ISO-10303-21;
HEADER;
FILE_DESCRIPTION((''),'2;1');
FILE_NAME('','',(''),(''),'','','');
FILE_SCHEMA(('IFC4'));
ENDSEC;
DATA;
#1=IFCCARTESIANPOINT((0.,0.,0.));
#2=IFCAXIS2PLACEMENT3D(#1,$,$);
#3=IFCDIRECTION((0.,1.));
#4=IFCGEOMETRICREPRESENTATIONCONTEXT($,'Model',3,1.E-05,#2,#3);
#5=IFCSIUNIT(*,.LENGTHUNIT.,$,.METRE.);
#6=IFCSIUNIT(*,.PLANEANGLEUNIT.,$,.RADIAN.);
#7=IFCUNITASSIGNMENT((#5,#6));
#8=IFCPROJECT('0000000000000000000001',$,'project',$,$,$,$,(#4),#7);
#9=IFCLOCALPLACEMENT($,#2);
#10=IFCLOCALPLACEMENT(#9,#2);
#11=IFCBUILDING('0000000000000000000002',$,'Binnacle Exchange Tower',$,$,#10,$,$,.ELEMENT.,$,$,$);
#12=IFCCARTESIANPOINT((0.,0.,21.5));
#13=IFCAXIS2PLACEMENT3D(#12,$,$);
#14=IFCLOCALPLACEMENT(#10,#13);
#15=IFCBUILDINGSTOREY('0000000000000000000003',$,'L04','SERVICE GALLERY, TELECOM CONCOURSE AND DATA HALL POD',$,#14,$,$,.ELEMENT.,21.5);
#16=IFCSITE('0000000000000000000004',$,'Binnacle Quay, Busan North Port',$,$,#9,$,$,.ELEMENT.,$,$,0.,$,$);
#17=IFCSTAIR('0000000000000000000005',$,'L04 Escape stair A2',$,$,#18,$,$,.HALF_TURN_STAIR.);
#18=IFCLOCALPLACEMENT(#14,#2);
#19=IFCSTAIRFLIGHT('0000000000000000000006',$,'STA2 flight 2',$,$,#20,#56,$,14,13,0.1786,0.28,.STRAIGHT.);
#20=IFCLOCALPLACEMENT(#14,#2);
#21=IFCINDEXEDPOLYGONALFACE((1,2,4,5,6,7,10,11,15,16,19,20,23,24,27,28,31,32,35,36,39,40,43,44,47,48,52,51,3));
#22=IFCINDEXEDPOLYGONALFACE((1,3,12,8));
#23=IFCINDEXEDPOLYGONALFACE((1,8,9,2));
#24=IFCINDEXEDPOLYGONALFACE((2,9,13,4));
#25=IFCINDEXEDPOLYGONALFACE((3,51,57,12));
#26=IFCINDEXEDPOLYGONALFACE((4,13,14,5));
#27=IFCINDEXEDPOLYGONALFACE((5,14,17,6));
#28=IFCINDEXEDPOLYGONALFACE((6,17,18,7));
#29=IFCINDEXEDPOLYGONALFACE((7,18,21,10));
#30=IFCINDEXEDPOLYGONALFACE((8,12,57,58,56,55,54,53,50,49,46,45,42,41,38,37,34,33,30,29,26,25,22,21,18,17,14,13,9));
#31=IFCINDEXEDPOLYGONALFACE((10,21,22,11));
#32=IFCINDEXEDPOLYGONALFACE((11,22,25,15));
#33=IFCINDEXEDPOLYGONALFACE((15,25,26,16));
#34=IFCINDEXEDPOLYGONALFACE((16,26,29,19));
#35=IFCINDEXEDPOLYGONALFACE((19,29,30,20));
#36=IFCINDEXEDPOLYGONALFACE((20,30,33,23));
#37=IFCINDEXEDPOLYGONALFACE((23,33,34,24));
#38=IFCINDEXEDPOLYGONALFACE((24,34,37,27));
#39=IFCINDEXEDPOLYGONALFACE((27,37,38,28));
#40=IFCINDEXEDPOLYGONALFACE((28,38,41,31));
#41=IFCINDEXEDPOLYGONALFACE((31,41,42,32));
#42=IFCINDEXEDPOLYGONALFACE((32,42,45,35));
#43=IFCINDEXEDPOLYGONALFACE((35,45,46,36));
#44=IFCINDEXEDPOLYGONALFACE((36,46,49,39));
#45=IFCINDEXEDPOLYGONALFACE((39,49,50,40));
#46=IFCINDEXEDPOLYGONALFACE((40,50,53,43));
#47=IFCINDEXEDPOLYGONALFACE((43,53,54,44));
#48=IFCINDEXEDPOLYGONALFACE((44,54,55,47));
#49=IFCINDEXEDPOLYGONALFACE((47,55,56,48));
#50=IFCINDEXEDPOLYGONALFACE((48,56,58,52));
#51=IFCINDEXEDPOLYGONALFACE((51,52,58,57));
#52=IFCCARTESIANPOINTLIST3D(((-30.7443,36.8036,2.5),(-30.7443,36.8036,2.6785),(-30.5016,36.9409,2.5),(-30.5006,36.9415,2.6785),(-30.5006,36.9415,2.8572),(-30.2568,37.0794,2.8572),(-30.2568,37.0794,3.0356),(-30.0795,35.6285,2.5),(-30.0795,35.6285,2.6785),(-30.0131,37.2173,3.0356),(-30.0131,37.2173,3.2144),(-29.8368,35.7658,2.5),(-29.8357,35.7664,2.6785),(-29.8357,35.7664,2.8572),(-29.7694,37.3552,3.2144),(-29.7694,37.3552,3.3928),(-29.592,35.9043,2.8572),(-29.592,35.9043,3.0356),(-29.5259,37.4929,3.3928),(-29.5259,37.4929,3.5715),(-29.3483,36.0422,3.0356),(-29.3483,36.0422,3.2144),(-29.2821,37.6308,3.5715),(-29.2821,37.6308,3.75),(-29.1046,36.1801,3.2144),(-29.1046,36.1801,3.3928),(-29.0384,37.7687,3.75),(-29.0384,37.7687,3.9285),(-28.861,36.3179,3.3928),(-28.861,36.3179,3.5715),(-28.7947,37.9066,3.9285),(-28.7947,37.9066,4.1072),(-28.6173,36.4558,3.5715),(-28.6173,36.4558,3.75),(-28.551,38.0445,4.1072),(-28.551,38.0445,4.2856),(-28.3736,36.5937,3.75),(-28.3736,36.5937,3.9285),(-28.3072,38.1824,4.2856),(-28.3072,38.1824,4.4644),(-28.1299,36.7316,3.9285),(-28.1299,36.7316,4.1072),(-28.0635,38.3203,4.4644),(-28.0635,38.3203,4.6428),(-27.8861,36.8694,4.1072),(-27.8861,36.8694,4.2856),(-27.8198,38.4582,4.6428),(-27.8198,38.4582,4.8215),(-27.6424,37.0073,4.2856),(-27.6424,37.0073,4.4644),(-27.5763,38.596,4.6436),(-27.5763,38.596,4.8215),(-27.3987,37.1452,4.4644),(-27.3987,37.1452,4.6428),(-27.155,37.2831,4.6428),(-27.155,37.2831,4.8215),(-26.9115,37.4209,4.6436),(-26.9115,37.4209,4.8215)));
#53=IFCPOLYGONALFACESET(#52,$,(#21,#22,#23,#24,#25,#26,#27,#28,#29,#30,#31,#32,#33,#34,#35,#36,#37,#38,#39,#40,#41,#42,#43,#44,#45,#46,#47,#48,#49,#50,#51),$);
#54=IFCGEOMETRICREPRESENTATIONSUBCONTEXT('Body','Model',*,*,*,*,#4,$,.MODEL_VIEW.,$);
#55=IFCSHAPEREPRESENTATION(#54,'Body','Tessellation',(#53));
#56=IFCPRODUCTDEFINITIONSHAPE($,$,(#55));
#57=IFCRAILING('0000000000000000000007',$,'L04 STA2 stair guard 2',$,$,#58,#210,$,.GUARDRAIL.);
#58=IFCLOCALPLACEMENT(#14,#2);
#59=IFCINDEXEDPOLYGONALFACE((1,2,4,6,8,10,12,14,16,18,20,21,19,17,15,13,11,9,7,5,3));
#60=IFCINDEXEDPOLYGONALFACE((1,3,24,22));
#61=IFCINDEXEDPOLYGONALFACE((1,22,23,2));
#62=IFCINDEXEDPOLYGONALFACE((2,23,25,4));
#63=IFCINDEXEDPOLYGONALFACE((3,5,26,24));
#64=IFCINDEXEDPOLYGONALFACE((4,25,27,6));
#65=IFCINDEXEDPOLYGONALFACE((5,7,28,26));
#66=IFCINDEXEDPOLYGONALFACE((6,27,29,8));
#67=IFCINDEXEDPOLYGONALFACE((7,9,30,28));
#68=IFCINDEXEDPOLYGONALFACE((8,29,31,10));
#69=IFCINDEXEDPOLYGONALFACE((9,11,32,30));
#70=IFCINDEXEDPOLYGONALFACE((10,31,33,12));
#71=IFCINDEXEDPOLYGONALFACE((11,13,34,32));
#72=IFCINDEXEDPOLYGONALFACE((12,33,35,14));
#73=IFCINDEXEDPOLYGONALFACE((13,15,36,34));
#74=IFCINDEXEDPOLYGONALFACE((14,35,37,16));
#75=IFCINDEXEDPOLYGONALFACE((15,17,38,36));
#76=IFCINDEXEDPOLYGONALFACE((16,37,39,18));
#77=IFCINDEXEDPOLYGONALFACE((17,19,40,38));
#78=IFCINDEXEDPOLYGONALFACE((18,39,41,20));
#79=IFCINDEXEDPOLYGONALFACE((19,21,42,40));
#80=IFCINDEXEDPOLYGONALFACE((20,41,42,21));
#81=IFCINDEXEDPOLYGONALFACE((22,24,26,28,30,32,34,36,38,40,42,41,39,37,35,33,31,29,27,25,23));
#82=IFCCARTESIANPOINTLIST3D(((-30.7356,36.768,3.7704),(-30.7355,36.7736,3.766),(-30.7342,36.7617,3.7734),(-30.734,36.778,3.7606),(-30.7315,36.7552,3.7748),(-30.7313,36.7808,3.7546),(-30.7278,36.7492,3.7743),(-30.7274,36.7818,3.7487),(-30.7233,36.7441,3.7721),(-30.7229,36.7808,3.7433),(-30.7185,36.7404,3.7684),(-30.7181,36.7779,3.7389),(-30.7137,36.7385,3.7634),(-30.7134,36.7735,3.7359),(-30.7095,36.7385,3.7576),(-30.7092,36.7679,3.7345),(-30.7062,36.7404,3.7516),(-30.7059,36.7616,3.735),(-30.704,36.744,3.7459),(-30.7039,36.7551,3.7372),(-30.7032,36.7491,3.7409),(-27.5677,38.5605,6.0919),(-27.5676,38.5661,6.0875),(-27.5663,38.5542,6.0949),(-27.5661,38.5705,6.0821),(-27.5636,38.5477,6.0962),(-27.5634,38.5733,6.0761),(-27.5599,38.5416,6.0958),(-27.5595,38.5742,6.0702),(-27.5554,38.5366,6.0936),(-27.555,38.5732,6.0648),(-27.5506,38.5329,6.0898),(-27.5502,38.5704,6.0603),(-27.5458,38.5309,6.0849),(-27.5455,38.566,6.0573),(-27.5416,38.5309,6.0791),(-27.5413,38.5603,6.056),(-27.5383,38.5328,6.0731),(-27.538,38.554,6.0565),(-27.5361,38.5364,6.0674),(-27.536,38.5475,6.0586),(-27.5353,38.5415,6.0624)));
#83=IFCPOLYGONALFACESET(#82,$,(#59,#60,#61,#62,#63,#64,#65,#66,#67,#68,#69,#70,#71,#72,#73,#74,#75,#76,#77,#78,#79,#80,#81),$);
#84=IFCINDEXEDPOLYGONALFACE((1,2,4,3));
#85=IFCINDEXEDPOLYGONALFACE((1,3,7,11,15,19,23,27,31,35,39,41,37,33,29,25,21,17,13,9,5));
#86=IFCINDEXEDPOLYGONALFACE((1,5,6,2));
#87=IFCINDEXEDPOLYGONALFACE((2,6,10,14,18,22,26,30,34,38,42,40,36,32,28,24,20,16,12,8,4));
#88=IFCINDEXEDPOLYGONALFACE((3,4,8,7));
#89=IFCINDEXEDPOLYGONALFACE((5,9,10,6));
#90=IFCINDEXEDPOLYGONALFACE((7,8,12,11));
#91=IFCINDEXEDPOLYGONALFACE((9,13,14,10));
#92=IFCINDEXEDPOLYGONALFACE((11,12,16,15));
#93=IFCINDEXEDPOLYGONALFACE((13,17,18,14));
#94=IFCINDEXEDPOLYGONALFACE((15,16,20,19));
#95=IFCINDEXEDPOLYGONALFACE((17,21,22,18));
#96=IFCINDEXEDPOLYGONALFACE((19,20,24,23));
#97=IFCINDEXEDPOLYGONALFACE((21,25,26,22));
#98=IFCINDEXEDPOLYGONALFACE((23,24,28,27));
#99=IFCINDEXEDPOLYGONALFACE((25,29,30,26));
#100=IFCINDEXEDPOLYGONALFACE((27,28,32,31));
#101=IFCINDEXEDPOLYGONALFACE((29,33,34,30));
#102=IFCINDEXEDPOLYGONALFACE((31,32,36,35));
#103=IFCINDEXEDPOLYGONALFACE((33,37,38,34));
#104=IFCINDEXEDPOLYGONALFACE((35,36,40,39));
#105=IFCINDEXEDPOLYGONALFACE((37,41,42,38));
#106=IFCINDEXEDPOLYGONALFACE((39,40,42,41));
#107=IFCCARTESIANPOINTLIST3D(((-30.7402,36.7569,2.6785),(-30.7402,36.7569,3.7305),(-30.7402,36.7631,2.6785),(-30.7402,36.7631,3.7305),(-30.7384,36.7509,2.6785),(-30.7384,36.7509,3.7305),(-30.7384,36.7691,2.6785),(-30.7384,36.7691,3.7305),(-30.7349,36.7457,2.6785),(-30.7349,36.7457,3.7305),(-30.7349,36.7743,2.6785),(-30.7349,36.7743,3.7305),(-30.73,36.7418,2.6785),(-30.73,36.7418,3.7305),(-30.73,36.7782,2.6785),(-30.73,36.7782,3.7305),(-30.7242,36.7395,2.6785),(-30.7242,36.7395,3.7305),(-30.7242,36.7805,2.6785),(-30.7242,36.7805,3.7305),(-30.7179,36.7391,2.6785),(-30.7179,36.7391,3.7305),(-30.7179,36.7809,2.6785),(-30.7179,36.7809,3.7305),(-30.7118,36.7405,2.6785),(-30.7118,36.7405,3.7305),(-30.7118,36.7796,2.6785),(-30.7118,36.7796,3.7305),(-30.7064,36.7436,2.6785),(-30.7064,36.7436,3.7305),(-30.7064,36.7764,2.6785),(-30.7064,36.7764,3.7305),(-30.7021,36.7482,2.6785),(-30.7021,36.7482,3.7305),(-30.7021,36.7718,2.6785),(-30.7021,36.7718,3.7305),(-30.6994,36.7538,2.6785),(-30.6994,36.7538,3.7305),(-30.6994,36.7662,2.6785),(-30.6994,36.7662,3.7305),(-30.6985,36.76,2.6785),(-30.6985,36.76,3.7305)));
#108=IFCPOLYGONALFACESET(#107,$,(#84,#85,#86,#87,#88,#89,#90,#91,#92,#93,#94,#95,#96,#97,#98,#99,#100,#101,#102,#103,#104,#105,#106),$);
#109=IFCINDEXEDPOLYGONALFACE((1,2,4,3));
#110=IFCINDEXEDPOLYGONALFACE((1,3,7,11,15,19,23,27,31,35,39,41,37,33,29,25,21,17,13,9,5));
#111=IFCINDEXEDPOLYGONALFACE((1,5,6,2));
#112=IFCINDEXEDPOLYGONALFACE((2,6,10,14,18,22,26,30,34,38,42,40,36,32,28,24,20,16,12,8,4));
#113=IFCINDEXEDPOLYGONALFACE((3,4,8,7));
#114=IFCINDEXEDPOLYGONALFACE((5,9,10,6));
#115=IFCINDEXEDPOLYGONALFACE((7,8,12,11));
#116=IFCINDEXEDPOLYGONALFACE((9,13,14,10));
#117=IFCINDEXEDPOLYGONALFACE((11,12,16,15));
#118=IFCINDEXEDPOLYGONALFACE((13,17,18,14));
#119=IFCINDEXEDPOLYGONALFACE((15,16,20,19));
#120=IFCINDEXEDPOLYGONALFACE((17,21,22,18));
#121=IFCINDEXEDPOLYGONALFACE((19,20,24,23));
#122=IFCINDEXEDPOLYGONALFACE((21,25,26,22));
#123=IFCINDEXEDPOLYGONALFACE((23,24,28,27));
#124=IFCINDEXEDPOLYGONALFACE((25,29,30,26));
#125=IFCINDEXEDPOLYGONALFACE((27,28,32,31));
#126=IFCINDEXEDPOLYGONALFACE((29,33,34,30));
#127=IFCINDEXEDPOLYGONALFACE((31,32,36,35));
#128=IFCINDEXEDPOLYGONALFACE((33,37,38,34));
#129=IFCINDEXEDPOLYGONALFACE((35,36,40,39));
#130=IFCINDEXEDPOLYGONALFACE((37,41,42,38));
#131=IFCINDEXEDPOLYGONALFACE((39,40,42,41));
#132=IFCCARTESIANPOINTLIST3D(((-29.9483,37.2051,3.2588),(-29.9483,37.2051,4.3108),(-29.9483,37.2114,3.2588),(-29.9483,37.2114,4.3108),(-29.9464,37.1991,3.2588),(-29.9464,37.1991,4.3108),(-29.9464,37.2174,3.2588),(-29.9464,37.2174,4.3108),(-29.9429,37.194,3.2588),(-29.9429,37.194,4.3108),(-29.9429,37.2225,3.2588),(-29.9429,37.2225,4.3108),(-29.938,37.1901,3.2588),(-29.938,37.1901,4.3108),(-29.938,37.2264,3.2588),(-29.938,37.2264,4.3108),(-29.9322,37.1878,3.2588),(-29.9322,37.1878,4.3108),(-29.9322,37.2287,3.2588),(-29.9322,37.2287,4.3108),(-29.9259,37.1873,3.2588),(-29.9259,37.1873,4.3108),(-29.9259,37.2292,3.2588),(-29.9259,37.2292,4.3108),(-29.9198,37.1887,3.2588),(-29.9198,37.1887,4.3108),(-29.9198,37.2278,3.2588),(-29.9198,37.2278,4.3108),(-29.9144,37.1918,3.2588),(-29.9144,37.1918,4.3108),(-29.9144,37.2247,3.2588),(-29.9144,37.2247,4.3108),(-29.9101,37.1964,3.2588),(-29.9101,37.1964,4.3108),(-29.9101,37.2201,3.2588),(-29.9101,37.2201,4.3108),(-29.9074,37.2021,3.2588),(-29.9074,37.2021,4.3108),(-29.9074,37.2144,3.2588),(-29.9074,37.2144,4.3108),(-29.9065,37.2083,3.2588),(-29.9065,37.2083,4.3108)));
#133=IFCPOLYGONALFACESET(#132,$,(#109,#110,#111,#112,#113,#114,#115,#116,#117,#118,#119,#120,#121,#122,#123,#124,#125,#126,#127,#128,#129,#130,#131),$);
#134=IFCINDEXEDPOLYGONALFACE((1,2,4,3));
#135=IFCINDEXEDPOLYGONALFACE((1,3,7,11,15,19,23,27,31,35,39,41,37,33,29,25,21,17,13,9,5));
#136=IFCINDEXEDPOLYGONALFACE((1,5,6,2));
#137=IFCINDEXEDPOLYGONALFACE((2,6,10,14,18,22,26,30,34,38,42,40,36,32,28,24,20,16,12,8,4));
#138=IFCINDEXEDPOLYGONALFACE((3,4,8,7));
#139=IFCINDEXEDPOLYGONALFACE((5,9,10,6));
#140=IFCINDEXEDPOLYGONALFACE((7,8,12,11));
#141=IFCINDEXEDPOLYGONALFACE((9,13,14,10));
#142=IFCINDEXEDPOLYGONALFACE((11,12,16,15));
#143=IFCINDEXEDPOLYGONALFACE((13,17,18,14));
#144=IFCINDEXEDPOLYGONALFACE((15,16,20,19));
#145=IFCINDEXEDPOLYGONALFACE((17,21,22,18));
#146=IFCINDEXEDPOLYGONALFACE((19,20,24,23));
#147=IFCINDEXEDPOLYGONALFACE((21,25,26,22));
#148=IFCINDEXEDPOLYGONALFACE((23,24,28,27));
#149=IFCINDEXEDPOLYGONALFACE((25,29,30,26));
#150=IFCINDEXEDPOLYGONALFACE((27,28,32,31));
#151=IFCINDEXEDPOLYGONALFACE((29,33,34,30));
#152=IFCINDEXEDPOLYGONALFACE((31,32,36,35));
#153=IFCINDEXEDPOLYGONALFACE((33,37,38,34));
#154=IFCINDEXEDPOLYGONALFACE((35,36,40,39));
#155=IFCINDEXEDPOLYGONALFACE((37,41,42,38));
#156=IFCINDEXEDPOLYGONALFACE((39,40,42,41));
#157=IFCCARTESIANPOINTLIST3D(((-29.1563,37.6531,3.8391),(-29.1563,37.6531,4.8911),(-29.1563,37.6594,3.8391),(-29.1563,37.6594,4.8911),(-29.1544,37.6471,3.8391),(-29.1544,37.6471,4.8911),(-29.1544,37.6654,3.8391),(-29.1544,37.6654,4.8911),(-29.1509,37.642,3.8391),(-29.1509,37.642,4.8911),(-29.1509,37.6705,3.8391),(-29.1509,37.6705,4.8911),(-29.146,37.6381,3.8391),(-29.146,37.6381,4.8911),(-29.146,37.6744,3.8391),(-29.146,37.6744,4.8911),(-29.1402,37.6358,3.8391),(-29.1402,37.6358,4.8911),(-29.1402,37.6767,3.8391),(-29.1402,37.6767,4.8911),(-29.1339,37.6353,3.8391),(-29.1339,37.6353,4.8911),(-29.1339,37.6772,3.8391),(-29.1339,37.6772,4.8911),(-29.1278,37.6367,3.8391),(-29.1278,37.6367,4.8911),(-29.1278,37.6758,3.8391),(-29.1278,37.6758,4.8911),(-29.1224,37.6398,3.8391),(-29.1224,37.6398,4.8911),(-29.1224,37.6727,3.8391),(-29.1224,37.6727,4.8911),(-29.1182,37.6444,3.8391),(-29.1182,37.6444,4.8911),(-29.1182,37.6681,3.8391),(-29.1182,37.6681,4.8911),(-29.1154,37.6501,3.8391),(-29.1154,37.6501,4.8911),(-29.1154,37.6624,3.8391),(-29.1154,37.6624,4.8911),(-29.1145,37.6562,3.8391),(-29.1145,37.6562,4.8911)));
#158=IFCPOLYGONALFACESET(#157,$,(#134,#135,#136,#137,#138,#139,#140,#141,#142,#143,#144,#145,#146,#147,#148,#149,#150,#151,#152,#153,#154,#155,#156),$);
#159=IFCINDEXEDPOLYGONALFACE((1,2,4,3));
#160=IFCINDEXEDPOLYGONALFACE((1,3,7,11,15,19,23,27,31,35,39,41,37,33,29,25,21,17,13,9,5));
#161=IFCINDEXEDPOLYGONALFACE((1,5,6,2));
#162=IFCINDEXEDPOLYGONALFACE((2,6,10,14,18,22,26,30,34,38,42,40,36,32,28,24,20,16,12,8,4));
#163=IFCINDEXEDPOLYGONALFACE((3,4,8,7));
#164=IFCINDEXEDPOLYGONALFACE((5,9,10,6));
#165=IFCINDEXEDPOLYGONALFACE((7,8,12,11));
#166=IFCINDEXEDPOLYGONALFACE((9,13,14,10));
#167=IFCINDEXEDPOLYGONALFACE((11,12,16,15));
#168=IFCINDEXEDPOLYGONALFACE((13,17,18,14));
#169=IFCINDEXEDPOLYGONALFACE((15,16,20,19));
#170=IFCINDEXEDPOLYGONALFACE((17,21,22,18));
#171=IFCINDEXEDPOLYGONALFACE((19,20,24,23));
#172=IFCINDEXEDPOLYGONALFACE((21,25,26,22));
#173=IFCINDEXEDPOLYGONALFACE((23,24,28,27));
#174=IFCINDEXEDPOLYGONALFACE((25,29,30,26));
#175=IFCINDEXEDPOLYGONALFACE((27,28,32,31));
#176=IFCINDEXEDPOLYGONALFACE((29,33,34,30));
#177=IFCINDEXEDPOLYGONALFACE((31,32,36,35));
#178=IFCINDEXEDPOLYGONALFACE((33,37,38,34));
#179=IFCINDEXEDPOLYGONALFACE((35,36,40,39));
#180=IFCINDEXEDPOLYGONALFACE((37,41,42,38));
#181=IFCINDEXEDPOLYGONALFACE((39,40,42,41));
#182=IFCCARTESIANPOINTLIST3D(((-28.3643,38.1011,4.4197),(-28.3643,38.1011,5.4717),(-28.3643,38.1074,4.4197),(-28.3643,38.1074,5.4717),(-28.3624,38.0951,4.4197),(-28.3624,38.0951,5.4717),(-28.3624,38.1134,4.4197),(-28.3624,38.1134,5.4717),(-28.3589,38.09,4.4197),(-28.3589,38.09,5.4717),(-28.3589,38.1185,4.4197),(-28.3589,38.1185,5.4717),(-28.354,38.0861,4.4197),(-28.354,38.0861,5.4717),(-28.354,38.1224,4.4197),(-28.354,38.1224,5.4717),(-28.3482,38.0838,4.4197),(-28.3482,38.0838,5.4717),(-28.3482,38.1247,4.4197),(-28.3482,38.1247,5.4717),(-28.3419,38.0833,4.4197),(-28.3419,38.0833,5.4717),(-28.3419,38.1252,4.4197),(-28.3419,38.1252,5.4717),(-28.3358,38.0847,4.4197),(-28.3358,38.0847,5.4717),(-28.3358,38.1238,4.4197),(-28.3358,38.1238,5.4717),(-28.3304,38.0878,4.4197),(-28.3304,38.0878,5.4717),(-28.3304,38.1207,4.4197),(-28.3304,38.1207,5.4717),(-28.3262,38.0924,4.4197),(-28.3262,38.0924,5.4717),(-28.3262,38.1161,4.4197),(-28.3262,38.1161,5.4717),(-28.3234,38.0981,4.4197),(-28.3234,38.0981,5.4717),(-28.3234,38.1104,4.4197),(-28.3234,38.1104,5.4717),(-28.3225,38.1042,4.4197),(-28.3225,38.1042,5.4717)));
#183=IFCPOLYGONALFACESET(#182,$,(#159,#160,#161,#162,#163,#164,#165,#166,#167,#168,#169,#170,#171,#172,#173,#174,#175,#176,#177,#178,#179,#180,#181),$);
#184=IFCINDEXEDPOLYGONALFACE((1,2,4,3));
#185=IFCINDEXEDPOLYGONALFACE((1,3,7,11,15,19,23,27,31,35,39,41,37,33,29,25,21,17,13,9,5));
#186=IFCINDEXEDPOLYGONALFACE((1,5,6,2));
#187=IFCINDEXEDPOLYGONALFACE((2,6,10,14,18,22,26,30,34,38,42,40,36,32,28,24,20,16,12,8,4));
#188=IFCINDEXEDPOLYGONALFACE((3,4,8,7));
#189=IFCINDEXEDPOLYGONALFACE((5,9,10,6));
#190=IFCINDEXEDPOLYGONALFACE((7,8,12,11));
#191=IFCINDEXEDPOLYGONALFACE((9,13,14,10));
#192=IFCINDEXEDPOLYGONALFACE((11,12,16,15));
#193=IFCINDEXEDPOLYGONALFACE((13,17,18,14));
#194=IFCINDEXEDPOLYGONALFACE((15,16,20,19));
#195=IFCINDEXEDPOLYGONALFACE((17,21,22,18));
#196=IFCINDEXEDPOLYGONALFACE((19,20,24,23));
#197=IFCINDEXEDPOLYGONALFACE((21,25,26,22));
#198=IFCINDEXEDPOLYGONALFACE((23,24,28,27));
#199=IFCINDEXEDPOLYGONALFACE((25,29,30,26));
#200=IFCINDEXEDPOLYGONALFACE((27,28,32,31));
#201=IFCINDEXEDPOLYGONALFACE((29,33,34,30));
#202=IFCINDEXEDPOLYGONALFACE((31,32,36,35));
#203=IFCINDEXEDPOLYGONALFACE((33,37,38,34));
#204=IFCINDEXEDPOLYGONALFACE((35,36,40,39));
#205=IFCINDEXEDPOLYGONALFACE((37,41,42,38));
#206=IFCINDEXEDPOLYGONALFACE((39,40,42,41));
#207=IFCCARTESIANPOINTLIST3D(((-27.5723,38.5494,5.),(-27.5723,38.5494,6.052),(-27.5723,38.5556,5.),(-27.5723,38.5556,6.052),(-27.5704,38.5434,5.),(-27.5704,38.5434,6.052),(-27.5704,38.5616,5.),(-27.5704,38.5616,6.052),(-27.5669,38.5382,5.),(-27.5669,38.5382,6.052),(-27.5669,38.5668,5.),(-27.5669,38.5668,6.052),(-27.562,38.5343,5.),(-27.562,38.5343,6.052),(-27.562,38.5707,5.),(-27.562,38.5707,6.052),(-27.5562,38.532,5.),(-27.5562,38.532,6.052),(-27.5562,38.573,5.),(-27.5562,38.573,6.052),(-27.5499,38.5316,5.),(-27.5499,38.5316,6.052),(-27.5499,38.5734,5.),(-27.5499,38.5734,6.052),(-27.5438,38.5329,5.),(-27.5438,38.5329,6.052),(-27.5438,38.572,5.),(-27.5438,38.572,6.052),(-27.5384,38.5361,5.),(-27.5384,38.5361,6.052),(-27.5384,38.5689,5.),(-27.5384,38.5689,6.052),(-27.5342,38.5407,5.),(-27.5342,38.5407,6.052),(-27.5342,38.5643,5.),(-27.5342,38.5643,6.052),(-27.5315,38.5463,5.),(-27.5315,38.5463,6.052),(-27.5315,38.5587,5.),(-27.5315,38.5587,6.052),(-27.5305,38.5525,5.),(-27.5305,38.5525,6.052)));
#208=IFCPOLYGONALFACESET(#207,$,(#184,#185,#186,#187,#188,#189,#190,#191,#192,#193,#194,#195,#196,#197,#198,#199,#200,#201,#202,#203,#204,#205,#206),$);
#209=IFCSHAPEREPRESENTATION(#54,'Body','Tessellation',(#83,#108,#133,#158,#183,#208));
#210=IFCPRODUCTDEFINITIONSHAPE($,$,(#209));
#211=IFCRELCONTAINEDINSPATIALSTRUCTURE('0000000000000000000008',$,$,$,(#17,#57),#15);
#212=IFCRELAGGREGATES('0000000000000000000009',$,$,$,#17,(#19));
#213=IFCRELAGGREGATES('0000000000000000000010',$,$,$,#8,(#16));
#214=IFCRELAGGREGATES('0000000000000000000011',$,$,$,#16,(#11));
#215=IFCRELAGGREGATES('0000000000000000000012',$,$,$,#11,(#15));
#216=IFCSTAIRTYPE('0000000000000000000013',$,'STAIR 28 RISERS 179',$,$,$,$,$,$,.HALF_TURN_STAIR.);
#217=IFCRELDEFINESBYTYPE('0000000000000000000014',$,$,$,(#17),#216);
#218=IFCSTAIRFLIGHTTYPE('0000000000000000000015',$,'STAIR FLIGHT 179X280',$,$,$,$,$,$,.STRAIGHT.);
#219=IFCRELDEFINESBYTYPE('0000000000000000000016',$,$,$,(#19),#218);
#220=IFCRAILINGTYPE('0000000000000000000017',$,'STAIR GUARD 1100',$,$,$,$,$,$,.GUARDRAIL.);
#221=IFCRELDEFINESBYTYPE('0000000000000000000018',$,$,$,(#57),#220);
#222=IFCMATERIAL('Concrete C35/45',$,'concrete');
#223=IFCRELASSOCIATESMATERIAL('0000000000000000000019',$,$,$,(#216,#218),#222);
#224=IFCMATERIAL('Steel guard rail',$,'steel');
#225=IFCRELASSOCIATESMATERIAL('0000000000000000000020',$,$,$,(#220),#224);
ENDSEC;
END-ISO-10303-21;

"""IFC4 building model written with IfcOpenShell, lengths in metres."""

from ifc_helpers import new_model, si_unit, direction, frame, origin, origin_2d, place, context, subcontext, project, spatial, polyline, circle, outline, extrude, material, type_object, element, aggregate, save


model = new_model("IFC4")

# Units and contexts
model_context = context("Model", 3, precision=1e-05, world=origin(), true_north=direction((0.0, 1.0)))
body_context = subcontext(model_context, "Body", "Model", "MODEL_VIEW")
ifc_project = project(units=[si_unit("LENGTHUNIT", "METRE"), si_unit("PLANEANGLEUNIT", "RADIAN")], contexts=[model_context])

# Site, building, storey
site_placement = place(None, origin())
site = spatial("IfcSite", under=ifc_project, at=site_placement, Name="Binnacle Quay, Busan North Port", CompositionType="ELEMENT", RefElevation=0.0)
building_placement = place(site_placement, origin())
building = spatial("IfcBuilding", under=site, at=building_placement, Name="Binnacle Exchange Tower", CompositionType="ELEMENT")
storey_placement = place(building_placement, frame((0.0, 0.0, 21.5)))
storey = spatial("IfcBuildingStorey", under=building, at=storey_placement, Name="L04", Description="SERVICE GALLERY, TELECOM CONCOURSE AND DATA HALL POD", CompositionType="ELEMENT", Elevation=21.5)

# Stair, stair flight
ifc_material_1 = material(Name="Concrete C35/45", Category="concrete")
stair_type = type_object("IfcStairType", Name="STAIR 28 RISERS 179", PredefinedType="HALF_TURN_STAIR", material=ifc_material_1)
stair_placement = place(storey_placement, origin())
stair = element("IfcStair", 1, at=stair_placement, inside=storey, type_object=stair_type, Name="L04 Escape stair A2", PredefinedType="HALF_TURN_STAIR")
stair_flight_type = type_object("IfcStairFlightType", Name="STAIR FLIGHT 179X280", PredefinedType="STRAIGHT", material=ifc_material_1)
stair_flight_placement = place(storey_placement, frame((-30.4119, 36.2161, 2.5), z_axis=(0.0, 0.0, 1.0), x_axis=(0.870356, 0.492424, 0.0)))
stair_flight = element("IfcStairFlight", 2, at=stair_flight_placement, type_object=stair_flight_type, Name="STA2 flight 2", NumberOfRisers=14, NumberOfTreads=13, PredefinedType="STRAIGHT", RiserHeight=0.1786, TreadLength=0.28, context=body_context, shape_type="SweptSolid", body=[
    extrude(outline(polyline([(0.0, 0.0), (0.0, 0.1785), (0.28, 0.1785), (0.28, 0.3572), (0.5601, 0.3572), (0.5601, 0.5356), (0.8401, 0.5356), (0.8401, 0.7144), (1.1201, 0.7144), (1.1201, 0.8928), (1.3999, 0.8928), (1.3999, 1.0715), (1.6799, 1.0715), (1.6799, 1.25), (1.96, 1.25), (1.96, 1.4285), (2.24, 1.4285), (2.24, 1.6072), (2.52, 1.6072), (2.52, 1.7856), (2.8, 1.7856), (2.8, 1.9644), (3.0801, 1.9644), (3.0801, 2.1428), (3.3601, 2.1428), (3.3601, 2.3215), (3.6399, 2.3215), (3.6399, 2.5), (3.6399, 2.1436), (0.2788, 0.0), (0.0, 0.0)])), frame((0.0, 0.675, 0.0), z_axis=(0.0, -1.0, 0.0), x_axis=(1.0, 0.0, 0.0)), (0.0, 0.0, 1.0), 1.3501),
])
aggregate(stair, [stair_flight])

# Railing
ifc_material_2 = material(Name="Steel guard rail", Category="steel")
railing_type = type_object("IfcRailingType", Name="STAIR GUARD 1100", PredefinedType="GUARDRAIL", material=ifc_material_2)
railing_placement = place(storey_placement, frame((-30.7195, 36.76, 2.6785)))
element("IfcRailing", 3, at=railing_placement, inside=storey, type_object=railing_type, Name="L04 STA2 stair guard 2", PredefinedType="GUARDRAIL", context=body_context, shape_type="SweptSolid", body=[
    extrude(circle(Radius=0.0239, at=origin_2d()), frame((0.0, 0.0, 1.0762), z_axis=(0.733796, 0.415192, 0.537736), x_axis=(-0.492451, 0.87034, 0.0)), (0.0, 0.0, 1.0), 4.3171),
    extrude(circle(Radius=0.021, at=origin_2d()), origin(), (0.0, 0.0, 1.0), 1.052),
    extrude(circle(Radius=0.021, at=origin_2d()), frame((0.792, 0.4482, 0.5803)), (0.0, 0.0, 1.0), 1.052),
    extrude(circle(Radius=0.021, at=origin_2d()), frame((1.584, 0.8962, 1.1606)), (0.0, 0.0, 1.0), 1.052),
    extrude(circle(Radius=0.021, at=origin_2d()), frame((2.376, 1.3442, 1.7412)), (0.0, 0.0, 1.0), 1.052),
    extrude(circle(Radius=0.021, at=origin_2d()), frame((3.168, 1.7925, 2.3215)), (0.0, 0.0, 1.0), 1.052),
])

save(model, "model.ifc")
